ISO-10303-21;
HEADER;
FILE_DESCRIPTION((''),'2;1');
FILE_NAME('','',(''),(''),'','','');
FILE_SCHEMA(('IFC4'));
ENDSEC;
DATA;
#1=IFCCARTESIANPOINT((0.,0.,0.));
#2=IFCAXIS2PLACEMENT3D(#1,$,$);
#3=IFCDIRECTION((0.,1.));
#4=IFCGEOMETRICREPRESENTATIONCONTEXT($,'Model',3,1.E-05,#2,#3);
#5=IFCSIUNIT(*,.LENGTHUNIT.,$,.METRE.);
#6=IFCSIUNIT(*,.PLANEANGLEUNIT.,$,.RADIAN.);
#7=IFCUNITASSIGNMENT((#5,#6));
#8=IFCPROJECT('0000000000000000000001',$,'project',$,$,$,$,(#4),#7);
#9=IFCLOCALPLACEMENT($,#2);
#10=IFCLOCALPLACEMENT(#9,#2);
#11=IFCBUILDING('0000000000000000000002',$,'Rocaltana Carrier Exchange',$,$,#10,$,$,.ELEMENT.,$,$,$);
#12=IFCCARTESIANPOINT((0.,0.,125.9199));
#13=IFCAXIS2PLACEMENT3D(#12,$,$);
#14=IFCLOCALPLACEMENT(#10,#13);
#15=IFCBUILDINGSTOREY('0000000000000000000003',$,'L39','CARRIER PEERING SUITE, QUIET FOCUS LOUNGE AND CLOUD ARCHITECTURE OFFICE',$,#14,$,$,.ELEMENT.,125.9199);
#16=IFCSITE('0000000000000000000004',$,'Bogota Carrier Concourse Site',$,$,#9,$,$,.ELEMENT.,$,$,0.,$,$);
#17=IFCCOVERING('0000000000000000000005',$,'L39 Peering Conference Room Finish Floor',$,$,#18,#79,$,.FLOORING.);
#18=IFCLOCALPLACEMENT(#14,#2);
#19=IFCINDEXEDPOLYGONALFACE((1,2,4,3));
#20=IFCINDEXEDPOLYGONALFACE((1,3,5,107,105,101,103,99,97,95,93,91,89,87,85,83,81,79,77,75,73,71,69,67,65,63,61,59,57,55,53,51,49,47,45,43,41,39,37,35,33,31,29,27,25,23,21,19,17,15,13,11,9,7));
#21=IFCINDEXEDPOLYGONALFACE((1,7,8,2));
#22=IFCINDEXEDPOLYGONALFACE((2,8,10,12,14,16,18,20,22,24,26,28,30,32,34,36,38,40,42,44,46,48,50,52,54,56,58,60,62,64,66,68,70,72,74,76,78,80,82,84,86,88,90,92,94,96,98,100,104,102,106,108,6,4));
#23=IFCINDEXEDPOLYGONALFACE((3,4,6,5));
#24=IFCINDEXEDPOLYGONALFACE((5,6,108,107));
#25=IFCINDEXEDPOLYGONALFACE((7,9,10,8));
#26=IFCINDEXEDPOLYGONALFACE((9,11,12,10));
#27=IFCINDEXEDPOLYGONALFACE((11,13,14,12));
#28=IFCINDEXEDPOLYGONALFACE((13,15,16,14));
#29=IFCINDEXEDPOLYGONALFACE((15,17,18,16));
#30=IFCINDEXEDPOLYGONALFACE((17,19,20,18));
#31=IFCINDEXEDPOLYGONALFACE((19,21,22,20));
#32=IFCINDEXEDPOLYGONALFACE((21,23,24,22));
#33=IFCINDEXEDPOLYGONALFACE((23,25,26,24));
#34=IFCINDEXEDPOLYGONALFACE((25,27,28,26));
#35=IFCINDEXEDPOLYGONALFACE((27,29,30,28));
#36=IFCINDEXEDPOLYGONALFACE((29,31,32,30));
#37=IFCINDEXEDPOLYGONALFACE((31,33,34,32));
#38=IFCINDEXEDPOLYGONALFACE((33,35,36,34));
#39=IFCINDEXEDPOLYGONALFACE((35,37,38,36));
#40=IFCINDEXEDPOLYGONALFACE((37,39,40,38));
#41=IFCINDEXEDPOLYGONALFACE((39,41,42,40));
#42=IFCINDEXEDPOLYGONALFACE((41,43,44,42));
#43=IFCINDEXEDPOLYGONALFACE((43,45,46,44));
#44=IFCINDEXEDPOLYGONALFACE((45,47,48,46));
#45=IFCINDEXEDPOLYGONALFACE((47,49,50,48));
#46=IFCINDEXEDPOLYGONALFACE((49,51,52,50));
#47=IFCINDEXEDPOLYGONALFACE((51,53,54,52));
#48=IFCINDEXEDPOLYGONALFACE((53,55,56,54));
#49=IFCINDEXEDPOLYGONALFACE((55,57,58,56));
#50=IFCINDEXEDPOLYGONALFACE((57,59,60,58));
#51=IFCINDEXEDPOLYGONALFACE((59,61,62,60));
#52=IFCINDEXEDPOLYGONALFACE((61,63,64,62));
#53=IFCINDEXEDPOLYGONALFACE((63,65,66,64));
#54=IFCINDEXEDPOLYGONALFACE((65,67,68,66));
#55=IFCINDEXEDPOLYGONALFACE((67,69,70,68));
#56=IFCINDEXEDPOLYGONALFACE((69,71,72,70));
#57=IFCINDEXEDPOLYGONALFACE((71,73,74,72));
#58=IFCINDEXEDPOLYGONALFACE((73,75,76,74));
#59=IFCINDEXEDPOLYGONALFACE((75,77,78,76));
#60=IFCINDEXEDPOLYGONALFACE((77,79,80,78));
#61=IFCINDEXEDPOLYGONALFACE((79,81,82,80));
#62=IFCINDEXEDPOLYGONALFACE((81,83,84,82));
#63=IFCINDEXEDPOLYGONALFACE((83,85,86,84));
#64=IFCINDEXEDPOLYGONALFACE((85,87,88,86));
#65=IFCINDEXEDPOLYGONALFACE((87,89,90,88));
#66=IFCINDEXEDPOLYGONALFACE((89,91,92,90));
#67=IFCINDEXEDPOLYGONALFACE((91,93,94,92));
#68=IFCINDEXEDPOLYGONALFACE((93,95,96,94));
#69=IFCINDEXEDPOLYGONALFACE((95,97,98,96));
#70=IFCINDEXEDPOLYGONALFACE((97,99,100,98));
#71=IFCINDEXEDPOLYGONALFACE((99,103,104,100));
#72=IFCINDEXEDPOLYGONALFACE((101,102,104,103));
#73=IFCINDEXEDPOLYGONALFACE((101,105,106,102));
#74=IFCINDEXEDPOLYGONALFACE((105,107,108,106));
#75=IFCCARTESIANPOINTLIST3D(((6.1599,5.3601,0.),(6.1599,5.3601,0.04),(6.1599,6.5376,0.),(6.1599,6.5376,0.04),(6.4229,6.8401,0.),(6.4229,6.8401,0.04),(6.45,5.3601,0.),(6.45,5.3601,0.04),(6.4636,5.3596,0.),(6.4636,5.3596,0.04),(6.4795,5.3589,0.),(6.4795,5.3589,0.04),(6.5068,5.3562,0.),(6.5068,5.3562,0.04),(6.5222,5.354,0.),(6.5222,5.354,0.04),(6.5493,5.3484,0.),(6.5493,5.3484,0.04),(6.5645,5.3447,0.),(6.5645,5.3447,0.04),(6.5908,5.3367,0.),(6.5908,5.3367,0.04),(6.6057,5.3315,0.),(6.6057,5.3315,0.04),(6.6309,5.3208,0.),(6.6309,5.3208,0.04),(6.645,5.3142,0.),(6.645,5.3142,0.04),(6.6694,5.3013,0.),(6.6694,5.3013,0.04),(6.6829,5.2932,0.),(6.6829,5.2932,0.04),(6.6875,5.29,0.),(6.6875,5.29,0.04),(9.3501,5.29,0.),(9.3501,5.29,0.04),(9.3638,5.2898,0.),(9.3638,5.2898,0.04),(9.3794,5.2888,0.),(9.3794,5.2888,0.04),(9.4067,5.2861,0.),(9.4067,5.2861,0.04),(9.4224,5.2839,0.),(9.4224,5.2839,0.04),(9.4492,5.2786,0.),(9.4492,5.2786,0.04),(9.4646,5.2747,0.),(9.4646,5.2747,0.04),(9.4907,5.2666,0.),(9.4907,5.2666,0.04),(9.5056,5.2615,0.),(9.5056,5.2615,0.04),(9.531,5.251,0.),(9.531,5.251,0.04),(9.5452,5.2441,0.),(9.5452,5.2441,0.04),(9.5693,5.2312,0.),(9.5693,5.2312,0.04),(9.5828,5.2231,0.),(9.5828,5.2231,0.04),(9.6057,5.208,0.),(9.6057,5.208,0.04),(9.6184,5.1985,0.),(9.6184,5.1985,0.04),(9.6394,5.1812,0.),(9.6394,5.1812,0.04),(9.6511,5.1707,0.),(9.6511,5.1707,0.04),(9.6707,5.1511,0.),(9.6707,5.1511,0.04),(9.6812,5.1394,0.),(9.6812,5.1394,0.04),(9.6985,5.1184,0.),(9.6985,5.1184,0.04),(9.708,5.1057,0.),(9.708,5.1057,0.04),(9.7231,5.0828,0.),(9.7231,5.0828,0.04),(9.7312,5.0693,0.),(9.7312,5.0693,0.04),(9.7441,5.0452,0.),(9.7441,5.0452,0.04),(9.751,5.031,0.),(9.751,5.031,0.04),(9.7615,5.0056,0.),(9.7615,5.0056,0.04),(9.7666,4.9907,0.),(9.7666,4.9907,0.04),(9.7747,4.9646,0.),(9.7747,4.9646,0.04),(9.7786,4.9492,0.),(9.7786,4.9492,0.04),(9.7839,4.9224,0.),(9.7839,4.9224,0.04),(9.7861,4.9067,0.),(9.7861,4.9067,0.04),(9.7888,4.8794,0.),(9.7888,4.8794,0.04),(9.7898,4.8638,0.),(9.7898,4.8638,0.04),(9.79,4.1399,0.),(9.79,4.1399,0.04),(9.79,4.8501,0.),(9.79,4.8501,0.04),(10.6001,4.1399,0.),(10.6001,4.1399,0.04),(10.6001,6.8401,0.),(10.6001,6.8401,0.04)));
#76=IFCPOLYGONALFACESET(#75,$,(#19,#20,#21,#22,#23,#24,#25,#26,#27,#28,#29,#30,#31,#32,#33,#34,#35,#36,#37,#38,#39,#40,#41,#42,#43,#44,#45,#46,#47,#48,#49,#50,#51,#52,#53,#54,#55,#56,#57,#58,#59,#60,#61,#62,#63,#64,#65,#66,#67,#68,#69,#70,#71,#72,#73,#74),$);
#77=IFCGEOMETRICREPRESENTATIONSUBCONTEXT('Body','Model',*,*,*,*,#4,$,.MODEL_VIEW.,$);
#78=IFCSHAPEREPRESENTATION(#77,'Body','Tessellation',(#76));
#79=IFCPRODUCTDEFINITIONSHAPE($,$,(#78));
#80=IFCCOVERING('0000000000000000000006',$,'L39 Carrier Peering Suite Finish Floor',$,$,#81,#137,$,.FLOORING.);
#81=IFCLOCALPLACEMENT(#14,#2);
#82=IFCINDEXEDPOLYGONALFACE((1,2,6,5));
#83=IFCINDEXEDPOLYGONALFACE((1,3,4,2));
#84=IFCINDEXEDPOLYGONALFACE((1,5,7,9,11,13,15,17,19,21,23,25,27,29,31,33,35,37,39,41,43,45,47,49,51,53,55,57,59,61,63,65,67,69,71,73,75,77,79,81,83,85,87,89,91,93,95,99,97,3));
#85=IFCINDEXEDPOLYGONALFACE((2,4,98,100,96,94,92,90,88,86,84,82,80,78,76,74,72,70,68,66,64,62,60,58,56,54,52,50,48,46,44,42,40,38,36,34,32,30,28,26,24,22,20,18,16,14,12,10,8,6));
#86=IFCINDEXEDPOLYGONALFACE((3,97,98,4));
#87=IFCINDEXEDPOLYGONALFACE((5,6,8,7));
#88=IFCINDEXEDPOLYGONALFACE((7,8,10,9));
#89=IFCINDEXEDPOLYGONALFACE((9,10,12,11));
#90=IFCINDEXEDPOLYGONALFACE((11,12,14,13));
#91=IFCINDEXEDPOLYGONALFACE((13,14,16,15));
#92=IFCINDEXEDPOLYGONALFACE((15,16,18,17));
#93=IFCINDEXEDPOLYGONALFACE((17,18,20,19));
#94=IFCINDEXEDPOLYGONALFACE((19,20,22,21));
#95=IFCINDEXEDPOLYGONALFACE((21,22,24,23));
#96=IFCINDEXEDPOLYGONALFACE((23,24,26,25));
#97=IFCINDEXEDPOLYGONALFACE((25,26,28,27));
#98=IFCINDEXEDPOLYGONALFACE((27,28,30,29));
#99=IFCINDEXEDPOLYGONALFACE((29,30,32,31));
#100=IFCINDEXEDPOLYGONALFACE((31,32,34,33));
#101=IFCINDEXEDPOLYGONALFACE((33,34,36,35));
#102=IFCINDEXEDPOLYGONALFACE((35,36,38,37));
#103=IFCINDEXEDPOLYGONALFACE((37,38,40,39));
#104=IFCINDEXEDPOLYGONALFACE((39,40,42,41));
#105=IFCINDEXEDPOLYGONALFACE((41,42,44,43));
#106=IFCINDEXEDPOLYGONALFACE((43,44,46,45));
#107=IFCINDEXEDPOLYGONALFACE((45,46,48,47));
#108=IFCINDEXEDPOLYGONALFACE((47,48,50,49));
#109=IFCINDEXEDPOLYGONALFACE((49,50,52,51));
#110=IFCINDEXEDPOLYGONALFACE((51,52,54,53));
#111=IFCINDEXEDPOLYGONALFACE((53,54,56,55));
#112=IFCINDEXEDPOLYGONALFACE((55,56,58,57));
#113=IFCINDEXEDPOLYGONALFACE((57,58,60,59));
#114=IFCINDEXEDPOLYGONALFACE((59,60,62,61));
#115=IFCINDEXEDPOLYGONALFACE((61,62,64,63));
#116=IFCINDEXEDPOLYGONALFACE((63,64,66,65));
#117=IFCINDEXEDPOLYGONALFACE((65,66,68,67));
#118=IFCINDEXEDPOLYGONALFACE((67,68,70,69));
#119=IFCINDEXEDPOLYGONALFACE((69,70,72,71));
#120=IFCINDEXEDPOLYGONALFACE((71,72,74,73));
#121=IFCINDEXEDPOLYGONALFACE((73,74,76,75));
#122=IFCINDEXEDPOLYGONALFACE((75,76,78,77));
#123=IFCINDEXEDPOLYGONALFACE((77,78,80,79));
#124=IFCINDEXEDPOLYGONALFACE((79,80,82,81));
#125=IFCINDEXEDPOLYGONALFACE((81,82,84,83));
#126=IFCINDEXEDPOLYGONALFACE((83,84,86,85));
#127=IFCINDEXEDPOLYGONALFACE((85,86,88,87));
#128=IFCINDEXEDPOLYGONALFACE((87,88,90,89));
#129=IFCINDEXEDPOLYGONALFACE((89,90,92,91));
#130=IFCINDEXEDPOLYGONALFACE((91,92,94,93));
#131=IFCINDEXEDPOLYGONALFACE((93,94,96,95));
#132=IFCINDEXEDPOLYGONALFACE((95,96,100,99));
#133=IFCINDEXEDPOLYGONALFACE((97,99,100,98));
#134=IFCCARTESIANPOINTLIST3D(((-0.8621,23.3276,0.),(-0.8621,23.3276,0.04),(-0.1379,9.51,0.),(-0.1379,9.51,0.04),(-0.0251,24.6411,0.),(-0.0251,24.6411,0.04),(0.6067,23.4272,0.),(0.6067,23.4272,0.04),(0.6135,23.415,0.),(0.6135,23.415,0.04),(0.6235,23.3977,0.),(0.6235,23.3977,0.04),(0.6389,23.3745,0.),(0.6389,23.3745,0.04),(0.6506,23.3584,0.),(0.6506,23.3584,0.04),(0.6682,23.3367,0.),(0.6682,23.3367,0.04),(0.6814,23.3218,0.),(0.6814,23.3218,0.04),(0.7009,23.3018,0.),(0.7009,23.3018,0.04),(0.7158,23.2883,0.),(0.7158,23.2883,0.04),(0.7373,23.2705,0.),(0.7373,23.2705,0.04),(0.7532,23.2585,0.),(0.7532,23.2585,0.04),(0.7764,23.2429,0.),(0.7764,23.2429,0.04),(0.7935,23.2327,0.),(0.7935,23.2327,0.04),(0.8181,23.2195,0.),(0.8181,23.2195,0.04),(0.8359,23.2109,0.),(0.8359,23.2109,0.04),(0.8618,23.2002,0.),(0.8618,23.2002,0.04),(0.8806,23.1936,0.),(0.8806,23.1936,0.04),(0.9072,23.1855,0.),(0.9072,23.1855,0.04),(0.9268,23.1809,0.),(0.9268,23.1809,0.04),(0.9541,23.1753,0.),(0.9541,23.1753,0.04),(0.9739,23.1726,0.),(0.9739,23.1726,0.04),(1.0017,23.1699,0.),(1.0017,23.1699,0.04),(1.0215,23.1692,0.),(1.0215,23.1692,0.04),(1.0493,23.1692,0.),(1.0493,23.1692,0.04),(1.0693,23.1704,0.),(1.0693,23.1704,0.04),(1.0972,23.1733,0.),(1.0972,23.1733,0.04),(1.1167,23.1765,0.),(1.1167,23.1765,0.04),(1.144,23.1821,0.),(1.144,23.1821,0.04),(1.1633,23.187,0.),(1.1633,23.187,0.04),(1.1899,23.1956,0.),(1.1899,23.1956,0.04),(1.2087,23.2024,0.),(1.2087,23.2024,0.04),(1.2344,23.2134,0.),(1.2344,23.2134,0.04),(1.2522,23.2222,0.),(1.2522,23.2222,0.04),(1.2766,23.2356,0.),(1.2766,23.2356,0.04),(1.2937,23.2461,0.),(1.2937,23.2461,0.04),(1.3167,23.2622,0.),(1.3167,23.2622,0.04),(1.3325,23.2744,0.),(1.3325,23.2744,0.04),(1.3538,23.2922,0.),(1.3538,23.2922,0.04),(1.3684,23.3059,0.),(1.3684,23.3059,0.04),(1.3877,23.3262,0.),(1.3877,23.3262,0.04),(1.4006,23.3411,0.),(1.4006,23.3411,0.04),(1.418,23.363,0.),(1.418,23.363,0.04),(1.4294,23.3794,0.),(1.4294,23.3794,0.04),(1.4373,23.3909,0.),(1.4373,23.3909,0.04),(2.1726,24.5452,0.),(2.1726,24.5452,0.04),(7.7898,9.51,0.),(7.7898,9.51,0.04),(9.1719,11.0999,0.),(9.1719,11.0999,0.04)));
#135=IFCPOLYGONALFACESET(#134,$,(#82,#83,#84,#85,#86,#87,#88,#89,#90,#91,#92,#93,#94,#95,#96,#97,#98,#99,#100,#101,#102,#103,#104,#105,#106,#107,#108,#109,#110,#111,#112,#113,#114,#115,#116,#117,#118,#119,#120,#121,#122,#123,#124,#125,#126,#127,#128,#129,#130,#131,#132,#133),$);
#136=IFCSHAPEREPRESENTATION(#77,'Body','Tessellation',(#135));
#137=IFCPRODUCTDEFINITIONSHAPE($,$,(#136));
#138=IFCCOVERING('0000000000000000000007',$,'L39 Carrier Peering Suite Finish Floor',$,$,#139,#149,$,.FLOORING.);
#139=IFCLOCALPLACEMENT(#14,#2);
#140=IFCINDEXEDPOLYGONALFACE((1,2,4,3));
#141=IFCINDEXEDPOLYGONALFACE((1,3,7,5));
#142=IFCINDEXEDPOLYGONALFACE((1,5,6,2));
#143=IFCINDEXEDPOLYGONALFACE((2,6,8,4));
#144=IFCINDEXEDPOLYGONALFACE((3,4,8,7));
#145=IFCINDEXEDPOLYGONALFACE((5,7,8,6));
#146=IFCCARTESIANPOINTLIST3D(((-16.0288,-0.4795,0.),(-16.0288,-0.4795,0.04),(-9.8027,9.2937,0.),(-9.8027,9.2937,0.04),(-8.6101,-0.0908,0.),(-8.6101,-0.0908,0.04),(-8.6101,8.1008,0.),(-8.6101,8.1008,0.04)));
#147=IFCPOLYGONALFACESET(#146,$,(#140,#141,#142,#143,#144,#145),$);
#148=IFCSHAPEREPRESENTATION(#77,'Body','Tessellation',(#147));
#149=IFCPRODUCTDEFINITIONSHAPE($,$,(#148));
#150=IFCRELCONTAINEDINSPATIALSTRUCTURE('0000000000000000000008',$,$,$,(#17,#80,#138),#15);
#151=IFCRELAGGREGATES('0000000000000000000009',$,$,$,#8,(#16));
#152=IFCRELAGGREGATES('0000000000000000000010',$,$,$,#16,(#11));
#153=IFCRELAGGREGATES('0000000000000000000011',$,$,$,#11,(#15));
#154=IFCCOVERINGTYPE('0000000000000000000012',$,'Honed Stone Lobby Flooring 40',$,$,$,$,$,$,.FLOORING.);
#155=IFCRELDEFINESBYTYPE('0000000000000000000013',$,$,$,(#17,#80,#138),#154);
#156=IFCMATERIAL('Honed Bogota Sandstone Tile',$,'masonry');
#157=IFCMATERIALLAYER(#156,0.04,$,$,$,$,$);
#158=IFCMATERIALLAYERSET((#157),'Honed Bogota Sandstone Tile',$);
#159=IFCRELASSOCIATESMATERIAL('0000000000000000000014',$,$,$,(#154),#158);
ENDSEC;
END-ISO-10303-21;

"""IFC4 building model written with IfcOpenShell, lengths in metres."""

from ifc_helpers import new_model, si_unit, direction, frame, origin, place, context, subcontext, project, spatial, polyline, outline, extrude, material, layer, layer_set, type_object, element, save


model = new_model("IFC4")

# Units and contexts
model_context = context("Model", 3, precision=1e-05, world=origin(), true_north=direction((0.0, 1.0)))
body_context = subcontext(model_context, "Body", "Model", "MODEL_VIEW")
ifc_project = project(units=[si_unit("LENGTHUNIT", "METRE"), si_unit("PLANEANGLEUNIT", "RADIAN")], contexts=[model_context])

# Site, building, storey
site_placement = place(None, origin())
site = spatial("IfcSite", under=ifc_project, at=site_placement, Name="Bogota Carrier Concourse Site", CompositionType="ELEMENT", RefElevation=0.0)
building_placement = place(site_placement, origin())
building = spatial("IfcBuilding", under=site, at=building_placement, Name="Rocaltana Carrier Exchange", CompositionType="ELEMENT")
storey_placement = place(building_placement, frame((0.0, 0.0, 125.9199)))
storey = spatial("IfcBuildingStorey", under=building, at=storey_placement, Name="L39", Description="CARRIER PEERING SUITE, QUIET FOCUS LOUNGE AND CLOUD ARCHITECTURE OFFICE", CompositionType="ELEMENT", Elevation=125.9199)

# Coverings
ifc_material_1 = material(Name="Honed Bogota Sandstone Tile", Category="masonry")
ifc_layer_1 = layer(ifc_material_1, 0.04)
ifc_layer_set_1 = layer_set([ifc_layer_1], Name="Honed Bogota Sandstone Tile")
covering_type_1 = type_object("IfcCoveringType", Name="Honed Stone Lobby Flooring 40", PredefinedType="FLOORING", material=ifc_layer_set_1)
covering_1_placement = place(storey_placement, origin())
element("IfcCovering", 1, at=covering_1_placement, inside=storey, type_object=covering_type_1, Name="L39 Peering Conference Room Finish Floor", PredefinedType="FLOORING", context=body_context, shape_type="SweptSolid", body=[
    extrude(outline(polyline([(6.6875, 5.29), (6.6829, 5.2932), (6.6694, 5.3013), (6.645, 5.3142), (6.6309, 5.3208), (6.6057, 5.3315), (6.5908, 5.3367), (6.5645, 5.3447), (6.5493, 5.3484), (6.5222, 5.354), (6.5068, 5.3562), (6.4795, 5.3589), (6.4636, 5.3596), (6.45, 5.3601), (6.1599, 5.3601), (6.1599, 6.5376), (6.4229, 6.8401), (10.6001, 6.8401), (10.6001, 4.1399), (9.79, 4.1399), (9.79, 4.8501), (9.7898, 4.8638), (9.7888, 4.8794), (9.7861, 4.9067), (9.7839, 4.9224), (9.7786, 4.9492), (9.7747, 4.9646), (9.7666, 4.9907), (9.7615, 5.0056), (9.751, 5.031), (9.7441, 5.0452), (9.7312, 5.0693), (9.7231, 5.0828), (9.708, 5.1057), (9.6985, 5.1184), (9.6812, 5.1394), (9.6707, 5.1511), (9.6511, 5.1707), (9.6394, 5.1812), (9.6184, 5.1985), (9.6057, 5.208), (9.5828, 5.2231), (9.5693, 5.2312), (9.5452, 5.2441), (9.531, 5.251), (9.5056, 5.2615), (9.4907, 5.2666), (9.4646, 5.2747), (9.4492, 5.2786), (9.4224, 5.2839), (9.4067, 5.2861), (9.3794, 5.2888), (9.3638, 5.2898), (9.3501, 5.29), (6.6875, 5.29)])), origin(), (0.0, 0.0, 1.0), 0.04),
])
covering_2_placement = place(storey_placement, origin())
element("IfcCovering", 2, at=covering_2_placement, inside=storey, type_object=covering_type_1, Name="L39 Carrier Peering Suite Finish Floor", PredefinedType="FLOORING", context=body_context, shape_type="SweptSolid", body=[
    extrude(outline(polyline([(-0.0251, 24.6411), (0.6067, 23.4272), (0.6135, 23.415), (0.6235, 23.3977), (0.6389, 23.3745), (0.6506, 23.3584), (0.6682, 23.3367), (0.6814, 23.3218), (0.7009, 23.3018), (0.7158, 23.2883), (0.7373, 23.2705), (0.7532, 23.2585), (0.7764, 23.2429), (0.7935, 23.2327), (0.8181, 23.2195), (0.8359, 23.2109), (0.8618, 23.2002), (0.8806, 23.1936), (0.9072, 23.1855), (0.9268, 23.1809), (0.9541, 23.1753), (0.9739, 23.1726), (1.0017, 23.1699), (1.0215, 23.1692), (1.0493, 23.1692), (1.0693, 23.1704), (1.0972, 23.1733), (1.1167, 23.1765), (1.144, 23.1821), (1.1633, 23.187), (1.1899, 23.1956), (1.2087, 23.2024), (1.2344, 23.2134), (1.2522, 23.2222), (1.2766, 23.2356), (1.2937, 23.2461), (1.3167, 23.2622), (1.3325, 23.2744), (1.3538, 23.2922), (1.3684, 23.3059), (1.3877, 23.3262), (1.4006, 23.3411), (1.418, 23.363), (1.4294, 23.3794), (1.4373, 23.3909), (2.1726, 24.5452), (9.1719, 11.0999), (7.7898, 9.51), (-0.1379, 9.51), (-0.8621, 23.3276), (-0.0251, 24.6411)])), origin(), (0.0, 0.0, 1.0), 0.04),
])
covering_3_placement = place(storey_placement, origin())
element("IfcCovering", 3, at=covering_3_placement, inside=storey, type_object=covering_type_1, Name="L39 Carrier Peering Suite Finish Floor", PredefinedType="FLOORING", context=body_context, shape_type="SweptSolid", body=[
    extrude(outline(polyline([(-9.8027, 9.2937), (-8.6101, 8.1008), (-8.6101, -0.0908), (-16.0288, -0.4795), (-9.8027, 9.2937)])), origin(), (0.0, 0.0, 1.0), 0.04),
])

save(model, "model.ifc")
